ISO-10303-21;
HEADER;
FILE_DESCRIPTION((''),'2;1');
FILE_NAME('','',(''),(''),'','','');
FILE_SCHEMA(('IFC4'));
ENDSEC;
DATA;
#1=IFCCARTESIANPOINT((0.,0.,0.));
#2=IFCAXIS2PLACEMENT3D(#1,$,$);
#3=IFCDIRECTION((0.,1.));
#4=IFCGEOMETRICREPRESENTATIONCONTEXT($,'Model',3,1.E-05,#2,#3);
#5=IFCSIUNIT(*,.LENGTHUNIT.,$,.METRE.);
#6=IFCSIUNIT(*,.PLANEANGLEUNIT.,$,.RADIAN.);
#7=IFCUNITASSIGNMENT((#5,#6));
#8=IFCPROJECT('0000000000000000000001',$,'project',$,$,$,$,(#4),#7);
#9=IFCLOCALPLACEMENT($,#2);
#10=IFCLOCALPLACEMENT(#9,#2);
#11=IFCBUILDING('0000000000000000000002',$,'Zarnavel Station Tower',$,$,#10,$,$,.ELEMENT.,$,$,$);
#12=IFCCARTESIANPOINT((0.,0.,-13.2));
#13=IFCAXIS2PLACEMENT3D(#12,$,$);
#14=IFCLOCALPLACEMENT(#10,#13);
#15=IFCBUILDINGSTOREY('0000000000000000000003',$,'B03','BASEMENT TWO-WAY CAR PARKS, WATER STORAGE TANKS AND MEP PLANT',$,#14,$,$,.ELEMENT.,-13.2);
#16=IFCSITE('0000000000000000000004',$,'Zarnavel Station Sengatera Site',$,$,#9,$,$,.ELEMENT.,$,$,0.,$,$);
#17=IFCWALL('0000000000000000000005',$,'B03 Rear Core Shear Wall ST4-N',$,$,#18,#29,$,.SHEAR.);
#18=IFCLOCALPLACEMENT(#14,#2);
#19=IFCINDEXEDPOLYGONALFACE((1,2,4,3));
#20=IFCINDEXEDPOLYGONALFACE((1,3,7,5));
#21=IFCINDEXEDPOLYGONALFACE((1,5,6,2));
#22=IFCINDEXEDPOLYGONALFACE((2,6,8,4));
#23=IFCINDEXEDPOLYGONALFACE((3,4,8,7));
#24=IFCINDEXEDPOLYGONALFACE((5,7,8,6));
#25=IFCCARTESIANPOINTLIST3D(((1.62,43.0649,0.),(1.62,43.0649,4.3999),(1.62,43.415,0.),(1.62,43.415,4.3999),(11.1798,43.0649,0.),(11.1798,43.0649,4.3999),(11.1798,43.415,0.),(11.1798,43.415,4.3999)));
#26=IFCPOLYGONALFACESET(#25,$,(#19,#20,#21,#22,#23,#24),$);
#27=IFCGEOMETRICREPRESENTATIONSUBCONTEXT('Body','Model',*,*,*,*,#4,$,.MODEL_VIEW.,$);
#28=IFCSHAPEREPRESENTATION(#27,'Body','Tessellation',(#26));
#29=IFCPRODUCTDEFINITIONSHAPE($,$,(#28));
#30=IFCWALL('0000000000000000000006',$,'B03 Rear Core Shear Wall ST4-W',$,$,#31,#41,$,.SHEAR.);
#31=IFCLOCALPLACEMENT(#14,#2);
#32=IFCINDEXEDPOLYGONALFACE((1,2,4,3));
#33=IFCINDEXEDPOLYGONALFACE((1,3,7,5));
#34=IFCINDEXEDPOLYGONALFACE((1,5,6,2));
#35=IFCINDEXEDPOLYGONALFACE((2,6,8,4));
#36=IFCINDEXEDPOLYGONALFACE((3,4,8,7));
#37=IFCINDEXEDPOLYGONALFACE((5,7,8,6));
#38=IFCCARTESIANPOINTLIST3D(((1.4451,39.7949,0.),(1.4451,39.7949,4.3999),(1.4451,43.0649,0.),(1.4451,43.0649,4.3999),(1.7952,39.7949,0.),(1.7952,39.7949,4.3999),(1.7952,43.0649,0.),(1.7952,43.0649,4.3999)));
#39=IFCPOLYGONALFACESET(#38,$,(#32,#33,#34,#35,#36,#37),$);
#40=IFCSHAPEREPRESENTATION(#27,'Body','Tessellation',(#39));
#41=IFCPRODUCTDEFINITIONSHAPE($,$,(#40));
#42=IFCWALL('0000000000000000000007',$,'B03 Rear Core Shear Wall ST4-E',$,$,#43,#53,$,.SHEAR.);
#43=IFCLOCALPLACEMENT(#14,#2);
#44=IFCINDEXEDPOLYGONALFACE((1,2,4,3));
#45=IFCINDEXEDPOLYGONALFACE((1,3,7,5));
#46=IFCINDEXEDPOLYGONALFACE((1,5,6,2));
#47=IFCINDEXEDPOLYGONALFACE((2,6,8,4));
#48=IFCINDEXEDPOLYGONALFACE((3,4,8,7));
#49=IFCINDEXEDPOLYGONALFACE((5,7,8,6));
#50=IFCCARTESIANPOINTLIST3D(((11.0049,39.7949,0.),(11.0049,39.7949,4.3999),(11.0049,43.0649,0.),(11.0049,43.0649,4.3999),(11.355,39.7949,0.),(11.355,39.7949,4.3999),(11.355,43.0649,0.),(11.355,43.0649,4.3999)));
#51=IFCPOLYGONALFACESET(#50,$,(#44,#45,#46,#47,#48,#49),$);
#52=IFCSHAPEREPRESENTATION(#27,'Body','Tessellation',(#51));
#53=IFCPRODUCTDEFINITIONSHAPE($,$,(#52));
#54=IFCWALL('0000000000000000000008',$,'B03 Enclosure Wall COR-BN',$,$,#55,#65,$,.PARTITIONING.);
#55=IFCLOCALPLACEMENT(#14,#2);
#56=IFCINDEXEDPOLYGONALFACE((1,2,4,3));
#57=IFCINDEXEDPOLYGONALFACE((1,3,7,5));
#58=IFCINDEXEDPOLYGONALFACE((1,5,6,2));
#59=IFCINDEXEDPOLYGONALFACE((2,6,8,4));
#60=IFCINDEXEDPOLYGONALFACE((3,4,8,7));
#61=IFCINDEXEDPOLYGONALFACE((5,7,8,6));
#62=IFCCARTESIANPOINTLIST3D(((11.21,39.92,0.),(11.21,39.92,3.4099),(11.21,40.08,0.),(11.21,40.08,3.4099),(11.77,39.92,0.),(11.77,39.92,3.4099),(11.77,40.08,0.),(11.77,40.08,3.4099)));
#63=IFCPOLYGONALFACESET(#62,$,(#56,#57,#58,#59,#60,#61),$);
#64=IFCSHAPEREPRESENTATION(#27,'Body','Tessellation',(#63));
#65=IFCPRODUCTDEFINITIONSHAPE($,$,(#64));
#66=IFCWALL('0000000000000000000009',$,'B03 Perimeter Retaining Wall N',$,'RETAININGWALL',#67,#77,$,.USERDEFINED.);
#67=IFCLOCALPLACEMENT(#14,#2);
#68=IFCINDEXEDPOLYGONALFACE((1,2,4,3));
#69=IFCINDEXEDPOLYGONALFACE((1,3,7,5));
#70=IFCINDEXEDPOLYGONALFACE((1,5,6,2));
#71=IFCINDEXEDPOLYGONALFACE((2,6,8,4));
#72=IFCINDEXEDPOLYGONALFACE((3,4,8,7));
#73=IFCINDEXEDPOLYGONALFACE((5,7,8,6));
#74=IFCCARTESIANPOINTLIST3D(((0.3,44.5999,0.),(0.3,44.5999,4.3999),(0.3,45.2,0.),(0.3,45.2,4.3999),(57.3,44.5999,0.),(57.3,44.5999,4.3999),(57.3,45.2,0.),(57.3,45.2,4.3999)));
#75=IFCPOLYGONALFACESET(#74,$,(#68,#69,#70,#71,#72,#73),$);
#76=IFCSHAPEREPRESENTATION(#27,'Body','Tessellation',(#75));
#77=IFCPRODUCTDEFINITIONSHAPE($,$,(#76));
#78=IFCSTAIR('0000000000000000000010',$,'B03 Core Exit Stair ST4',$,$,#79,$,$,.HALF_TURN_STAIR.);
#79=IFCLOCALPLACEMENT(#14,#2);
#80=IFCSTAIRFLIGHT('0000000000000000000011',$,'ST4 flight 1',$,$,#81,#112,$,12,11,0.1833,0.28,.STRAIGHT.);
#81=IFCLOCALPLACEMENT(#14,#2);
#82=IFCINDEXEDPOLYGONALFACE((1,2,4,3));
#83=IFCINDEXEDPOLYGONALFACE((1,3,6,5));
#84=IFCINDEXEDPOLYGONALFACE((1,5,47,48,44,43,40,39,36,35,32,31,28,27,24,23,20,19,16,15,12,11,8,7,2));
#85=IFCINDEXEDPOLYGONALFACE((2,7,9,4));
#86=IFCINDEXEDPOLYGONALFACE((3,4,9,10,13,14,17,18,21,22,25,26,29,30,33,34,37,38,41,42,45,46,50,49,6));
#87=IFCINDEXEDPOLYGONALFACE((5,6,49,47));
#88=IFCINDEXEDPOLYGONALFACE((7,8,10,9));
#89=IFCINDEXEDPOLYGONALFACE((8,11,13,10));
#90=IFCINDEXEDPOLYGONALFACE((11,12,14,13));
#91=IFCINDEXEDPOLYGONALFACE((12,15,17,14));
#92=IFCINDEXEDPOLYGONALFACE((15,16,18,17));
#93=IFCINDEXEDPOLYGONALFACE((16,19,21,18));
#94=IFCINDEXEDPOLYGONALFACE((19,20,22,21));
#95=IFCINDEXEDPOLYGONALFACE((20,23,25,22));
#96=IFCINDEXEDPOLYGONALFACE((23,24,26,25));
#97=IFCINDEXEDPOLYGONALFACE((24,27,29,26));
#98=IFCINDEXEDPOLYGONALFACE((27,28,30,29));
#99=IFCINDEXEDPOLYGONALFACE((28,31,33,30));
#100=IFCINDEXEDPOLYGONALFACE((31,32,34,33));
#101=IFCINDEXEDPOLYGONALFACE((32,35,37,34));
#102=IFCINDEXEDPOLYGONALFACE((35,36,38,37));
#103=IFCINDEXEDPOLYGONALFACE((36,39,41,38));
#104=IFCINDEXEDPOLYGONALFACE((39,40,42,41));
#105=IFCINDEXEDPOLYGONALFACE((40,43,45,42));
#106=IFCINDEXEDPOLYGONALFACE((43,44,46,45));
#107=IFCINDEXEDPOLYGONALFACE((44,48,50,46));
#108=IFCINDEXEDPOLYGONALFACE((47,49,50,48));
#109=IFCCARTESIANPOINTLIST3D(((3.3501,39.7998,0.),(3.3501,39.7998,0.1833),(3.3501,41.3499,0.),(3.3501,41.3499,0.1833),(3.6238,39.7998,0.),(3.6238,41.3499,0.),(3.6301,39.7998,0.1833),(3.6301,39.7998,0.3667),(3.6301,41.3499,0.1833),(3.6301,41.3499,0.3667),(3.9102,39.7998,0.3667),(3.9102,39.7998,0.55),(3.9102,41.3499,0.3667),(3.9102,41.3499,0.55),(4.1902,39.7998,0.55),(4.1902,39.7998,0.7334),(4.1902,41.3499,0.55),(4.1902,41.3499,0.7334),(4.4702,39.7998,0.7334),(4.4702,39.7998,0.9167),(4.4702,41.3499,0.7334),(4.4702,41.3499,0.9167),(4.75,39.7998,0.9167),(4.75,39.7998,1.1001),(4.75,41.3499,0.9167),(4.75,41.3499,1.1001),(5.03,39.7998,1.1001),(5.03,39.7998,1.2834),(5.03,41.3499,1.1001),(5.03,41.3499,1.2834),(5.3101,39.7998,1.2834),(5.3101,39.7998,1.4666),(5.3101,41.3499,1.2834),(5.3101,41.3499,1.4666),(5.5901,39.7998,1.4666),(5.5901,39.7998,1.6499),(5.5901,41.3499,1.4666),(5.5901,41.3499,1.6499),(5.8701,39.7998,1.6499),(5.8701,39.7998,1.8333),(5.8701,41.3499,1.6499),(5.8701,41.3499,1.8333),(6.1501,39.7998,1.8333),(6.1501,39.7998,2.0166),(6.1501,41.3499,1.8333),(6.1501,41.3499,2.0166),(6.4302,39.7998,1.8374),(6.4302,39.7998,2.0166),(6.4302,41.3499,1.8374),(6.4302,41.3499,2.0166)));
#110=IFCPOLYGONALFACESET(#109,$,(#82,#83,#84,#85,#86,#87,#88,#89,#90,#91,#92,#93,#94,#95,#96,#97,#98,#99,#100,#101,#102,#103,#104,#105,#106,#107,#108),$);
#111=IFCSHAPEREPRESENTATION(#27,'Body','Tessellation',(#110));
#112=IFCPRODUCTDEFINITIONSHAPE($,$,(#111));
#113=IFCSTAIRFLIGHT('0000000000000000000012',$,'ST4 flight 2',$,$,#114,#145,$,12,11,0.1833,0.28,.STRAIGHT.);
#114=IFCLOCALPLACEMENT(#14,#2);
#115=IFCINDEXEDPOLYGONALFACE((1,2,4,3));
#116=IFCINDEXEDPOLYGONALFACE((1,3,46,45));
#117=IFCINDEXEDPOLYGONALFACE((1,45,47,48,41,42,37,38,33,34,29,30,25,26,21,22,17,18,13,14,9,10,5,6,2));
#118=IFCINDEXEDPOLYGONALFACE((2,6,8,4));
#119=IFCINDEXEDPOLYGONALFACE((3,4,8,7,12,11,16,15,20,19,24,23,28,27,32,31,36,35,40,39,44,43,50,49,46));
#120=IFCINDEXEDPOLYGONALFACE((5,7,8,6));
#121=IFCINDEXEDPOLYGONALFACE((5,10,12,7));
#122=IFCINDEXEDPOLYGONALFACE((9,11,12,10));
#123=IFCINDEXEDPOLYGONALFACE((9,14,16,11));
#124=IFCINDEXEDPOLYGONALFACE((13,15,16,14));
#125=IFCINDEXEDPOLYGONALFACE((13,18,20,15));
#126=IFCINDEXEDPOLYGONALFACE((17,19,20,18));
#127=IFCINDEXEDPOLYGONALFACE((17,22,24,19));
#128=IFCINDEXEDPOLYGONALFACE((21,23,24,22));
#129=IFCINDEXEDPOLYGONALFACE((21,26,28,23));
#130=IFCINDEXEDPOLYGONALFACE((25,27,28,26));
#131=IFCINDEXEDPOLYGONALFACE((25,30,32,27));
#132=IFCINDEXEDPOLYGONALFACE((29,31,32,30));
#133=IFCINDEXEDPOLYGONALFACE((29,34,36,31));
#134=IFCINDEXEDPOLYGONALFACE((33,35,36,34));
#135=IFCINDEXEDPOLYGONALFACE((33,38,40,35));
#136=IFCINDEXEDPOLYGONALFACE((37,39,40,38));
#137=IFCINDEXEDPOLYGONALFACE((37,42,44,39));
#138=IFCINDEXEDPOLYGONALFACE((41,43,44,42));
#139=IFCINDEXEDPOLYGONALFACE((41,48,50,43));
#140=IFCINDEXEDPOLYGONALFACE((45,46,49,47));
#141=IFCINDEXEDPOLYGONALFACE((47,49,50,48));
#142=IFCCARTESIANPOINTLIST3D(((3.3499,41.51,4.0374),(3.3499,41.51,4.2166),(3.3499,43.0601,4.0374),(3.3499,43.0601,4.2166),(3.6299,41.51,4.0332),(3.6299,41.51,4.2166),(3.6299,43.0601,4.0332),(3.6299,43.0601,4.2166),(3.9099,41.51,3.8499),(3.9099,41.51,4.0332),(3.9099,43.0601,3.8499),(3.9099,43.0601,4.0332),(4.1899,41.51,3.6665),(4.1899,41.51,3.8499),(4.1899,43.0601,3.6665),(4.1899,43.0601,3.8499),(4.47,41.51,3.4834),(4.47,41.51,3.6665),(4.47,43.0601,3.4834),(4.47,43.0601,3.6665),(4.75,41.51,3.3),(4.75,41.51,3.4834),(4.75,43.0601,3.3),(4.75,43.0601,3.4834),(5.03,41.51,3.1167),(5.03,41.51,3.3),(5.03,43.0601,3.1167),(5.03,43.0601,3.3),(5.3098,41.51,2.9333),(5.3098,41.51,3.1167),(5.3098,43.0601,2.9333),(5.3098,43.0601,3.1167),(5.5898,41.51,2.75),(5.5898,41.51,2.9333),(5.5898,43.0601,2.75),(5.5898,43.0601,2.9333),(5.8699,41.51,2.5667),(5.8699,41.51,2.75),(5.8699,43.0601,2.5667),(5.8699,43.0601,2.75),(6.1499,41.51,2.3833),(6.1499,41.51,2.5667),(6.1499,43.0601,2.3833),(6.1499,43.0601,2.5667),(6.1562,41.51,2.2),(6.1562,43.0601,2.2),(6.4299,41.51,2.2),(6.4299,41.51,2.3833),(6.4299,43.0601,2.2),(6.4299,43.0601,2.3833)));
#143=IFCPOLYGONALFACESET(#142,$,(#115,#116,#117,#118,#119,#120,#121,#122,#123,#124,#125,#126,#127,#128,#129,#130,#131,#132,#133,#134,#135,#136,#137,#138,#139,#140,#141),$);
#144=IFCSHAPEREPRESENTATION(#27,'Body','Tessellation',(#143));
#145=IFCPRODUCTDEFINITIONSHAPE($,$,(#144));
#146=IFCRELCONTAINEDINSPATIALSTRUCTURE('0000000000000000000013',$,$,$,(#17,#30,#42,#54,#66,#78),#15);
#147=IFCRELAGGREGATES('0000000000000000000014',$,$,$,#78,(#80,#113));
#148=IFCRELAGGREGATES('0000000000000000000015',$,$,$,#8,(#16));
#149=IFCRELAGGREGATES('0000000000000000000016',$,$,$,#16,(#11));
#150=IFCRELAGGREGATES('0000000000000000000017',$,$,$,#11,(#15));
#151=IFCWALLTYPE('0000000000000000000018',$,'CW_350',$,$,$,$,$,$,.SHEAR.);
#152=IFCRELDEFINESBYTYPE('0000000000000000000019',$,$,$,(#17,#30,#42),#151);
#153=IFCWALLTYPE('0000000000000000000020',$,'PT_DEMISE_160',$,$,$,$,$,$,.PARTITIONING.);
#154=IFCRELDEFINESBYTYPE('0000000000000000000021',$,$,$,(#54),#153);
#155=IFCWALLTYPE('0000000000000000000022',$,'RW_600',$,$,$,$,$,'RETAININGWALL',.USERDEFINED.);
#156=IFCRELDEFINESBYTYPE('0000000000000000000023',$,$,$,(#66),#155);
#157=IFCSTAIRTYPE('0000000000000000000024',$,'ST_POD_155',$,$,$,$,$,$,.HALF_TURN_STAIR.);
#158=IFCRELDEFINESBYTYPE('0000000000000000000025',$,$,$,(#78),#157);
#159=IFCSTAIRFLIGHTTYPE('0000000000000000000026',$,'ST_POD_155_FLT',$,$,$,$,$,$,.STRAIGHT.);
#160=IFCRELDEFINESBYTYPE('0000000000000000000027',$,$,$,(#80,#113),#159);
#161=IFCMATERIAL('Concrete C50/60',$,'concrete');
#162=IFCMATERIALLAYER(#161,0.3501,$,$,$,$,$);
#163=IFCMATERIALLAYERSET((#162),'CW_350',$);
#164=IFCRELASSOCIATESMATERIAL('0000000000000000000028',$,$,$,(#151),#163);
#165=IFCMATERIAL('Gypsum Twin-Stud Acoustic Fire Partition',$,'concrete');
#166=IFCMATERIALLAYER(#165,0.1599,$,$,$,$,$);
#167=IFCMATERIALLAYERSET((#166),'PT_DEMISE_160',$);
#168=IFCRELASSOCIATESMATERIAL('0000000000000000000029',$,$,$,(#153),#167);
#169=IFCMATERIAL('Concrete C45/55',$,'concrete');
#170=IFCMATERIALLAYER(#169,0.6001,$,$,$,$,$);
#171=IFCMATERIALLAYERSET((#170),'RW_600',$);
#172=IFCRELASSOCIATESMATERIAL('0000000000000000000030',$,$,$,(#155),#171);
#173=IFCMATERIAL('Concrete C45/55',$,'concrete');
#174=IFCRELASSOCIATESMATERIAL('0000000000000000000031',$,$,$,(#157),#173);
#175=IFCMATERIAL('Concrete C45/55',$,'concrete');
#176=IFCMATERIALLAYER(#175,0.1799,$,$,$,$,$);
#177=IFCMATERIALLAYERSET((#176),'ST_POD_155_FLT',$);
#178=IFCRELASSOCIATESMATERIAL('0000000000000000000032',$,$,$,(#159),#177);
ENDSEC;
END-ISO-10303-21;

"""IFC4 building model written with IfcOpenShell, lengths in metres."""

from ifc_helpers import new_model, si_unit, direction, frame, frame_2d, origin, place, context, subcontext, project, spatial, polyline, rectangle, outline, extrude, material, layer, layer_set, type_object, element, aggregate, save


model = new_model("IFC4")

# Units and contexts
model_context = context("Model", 3, precision=1e-05, world=origin(), true_north=direction((0.0, 1.0)))
body_context = subcontext(model_context, "Body", "Model", "MODEL_VIEW")
ifc_project = project(units=[si_unit("LENGTHUNIT", "METRE"), si_unit("PLANEANGLEUNIT", "RADIAN")], contexts=[model_context])

# Site, building, storey
site_placement = place(None, origin())
site = spatial("IfcSite", under=ifc_project, at=site_placement, Name="Zarnavel Station Sengatera Site", CompositionType="ELEMENT", RefElevation=0.0)
building_placement = place(site_placement, origin())
building = spatial("IfcBuilding", under=site, at=building_placement, Name="Zarnavel Station Tower", CompositionType="ELEMENT")
storey_placement = place(building_placement, frame((0.0, 0.0, -13.2)))
storey = spatial("IfcBuildingStorey", under=building, at=storey_placement, Name="B03", Description="BASEMENT TWO-WAY CAR PARKS, WATER STORAGE TANKS AND MEP PLANT", CompositionType="ELEMENT", Elevation=-13.2)

# Walls
ifc_material_1 = material(Name="Concrete C50/60", Category="concrete")
ifc_layer_1 = layer(ifc_material_1, 0.3501)
ifc_layer_set_1 = layer_set([ifc_layer_1], Name="CW_350")
wall_type_1 = type_object("IfcWallType", Name="CW_350", PredefinedType="SHEAR", material=ifc_layer_set_1)
wall_1_placement = place(storey_placement, frame((1.6201, 43.24, 0.0), z_axis=(0.0, 0.0, 1.0), x_axis=(1.0, 0.0, 0.0)))
element("IfcWall", 1, at=wall_1_placement, inside=storey, type_object=wall_type_1, Name="B03 Rear Core Shear Wall ST4-N", PredefinedType="SHEAR", context=body_context, shape_type="SweptSolid", body=[
    extrude(rectangle(XDim=9.5598, YDim=0.3501, at=frame_2d((4.7798, 0.0))), origin(), (0.0, 0.0, 1.0), 4.3999),
])
for number, where, z_axis, x_axis, name in (
    (2, (1.6201, 39.7949, 0.0), (0.0, 0.0, 1.0), (0.0, 1.0, 0.0), "B03 Rear Core Shear Wall ST4-W"),
    (3, (11.1799, 39.7949, 0.0), (0.0, 0.0, 1.0), (0.0, 1.0, 0.0), "B03 Rear Core Shear Wall ST4-E"),
):
    element("IfcWall", number, at=place(storey_placement, frame(where, z_axis=z_axis, x_axis=x_axis)), inside=storey, type_object=wall_type_1, Name=name, PredefinedType="SHEAR", context=body_context, shape_type="SweptSolid", body=[
        extrude(rectangle(XDim=3.27, YDim=0.3501, at=frame_2d((1.635, 0.0))), origin(), (0.0, 0.0, 1.0), 4.3999),
    ])
ifc_material_2 = material(Name="Gypsum Twin-Stud Acoustic Fire Partition", Category="concrete")
ifc_layer_2 = layer(ifc_material_2, 0.1599)
ifc_layer_set_2 = layer_set([ifc_layer_2], Name="PT_DEMISE_160")
wall_type_2 = type_object("IfcWallType", Name="PT_DEMISE_160", PredefinedType="PARTITIONING", material=ifc_layer_set_2)
wall_2_placement = place(storey_placement, frame((11.21, 40.0, 0.0), z_axis=(0.0, 0.0, 1.0), x_axis=(1.0, 0.0, 0.0)))
element("IfcWall", 4, at=wall_2_placement, inside=storey, type_object=wall_type_2, Name="B03 Enclosure Wall COR-BN", PredefinedType="PARTITIONING", context=body_context, shape_type="SweptSolid", body=[
    extrude(rectangle(XDim=0.5601, YDim=0.1599, at=frame_2d((0.28, 0.0))), origin(), (0.0, 0.0, 1.0), 3.4099),
])
ifc_material_3 = material(Name="Concrete C45/55", Category="concrete")
ifc_layer_3 = layer(ifc_material_3, 0.6001)
ifc_layer_set_3 = layer_set([ifc_layer_3], Name="RW_600")
wall_type_3 = type_object("IfcWallType", Name="RW_600", ElementType="RETAININGWALL", PredefinedType="USERDEFINED", material=ifc_layer_set_3)
wall_3_placement = place(storey_placement, frame((0.3, 44.8999, 0.0), z_axis=(0.0, 0.0, 1.0), x_axis=(1.0, 0.0, 0.0)))
element("IfcWall", 5, at=wall_3_placement, inside=storey, type_object=wall_type_3, Name="B03 Perimeter Retaining Wall N", ObjectType="RETAININGWALL", PredefinedType="USERDEFINED", context=body_context, shape_type="SweptSolid", body=[
    extrude(rectangle(XDim=57.0, YDim=0.6001, at=frame_2d((28.5, 0.0))), origin(), (0.0, 0.0, 1.0), 4.3999),
])

# Stair, stair flights
ifc_material_4 = material(Name="Concrete C45/55", Category="concrete")
stair_type = type_object("IfcStairType", Name="ST_POD_155", PredefinedType="HALF_TURN_STAIR", material=ifc_material_4)
stair_placement = place(storey_placement, origin())
stair = element("IfcStair", 6, at=stair_placement, inside=storey, type_object=stair_type, Name="B03 Core Exit Stair ST4", PredefinedType="HALF_TURN_STAIR")
ifc_material_5 = material(Name="Concrete C45/55", Category="concrete")
ifc_layer_4 = layer(ifc_material_5, 0.1799)
ifc_layer_set_4 = layer_set([ifc_layer_4], Name="ST_POD_155_FLT")
stair_flight_type = type_object("IfcStairFlightType", Name="ST_POD_155_FLT", PredefinedType="STRAIGHT", material=ifc_layer_set_4)
stair_flight_1_placement = place(storey_placement, frame((3.3501, 40.575, 0.0), z_axis=(0.0, 0.0, 1.0), x_axis=(1.0, 0.0, 0.0)))
stair_flight_1 = element("IfcStairFlight", 7, at=stair_flight_1_placement, type_object=stair_flight_type, Name="ST4 flight 1", NumberOfRisers=12, NumberOfTreads=11, PredefinedType="STRAIGHT", RiserHeight=0.1833, TreadLength=0.28, context=body_context, shape_type="SweptSolid", body=[
    extrude(outline(polyline([(0.0, 0.0), (0.0, 0.1833), (0.28, 0.1833), (0.28, 0.3667), (0.5601, 0.3667), (0.5601, 0.55), (0.8401, 0.55), (0.8401, 0.7334), (1.1201, 0.7334), (1.1201, 0.9167), (1.3999, 0.9167), (1.3999, 1.1001), (1.6799, 1.1001), (1.6799, 1.2834), (1.96, 1.2834), (1.96, 1.4666), (2.24, 1.4666), (2.24, 1.6499), (2.52, 1.6499), (2.52, 1.8333), (2.8, 1.8333), (2.8, 2.0166), (3.0801, 2.0166), (3.0801, 2.2), (3.0801, 1.8374), (0.2737, 0.0), (0.0, 0.0)])), frame((0.0, 0.7749, 0.0), z_axis=(0.0, -1.0, 0.0), x_axis=(1.0, 0.0, 0.0)), (0.0, 0.0, 1.0), 1.55),
])
stair_flight_2_placement = place(storey_placement, frame((6.4299, 42.2849, 2.2), z_axis=(0.0, 0.0, 1.0), x_axis=(-1.0, 0.0, 0.0)))
stair_flight_2 = element("IfcStairFlight", 8, at=stair_flight_2_placement, type_object=stair_flight_type, Name="ST4 flight 2", NumberOfRisers=12, NumberOfTreads=11, PredefinedType="STRAIGHT", RiserHeight=0.1833, TreadLength=0.28, context=body_context, shape_type="SweptSolid", body=[
    extrude(outline(polyline([(0.0, 0.0), (0.0, 0.1833), (0.28, 0.1833), (0.28, 0.3667), (0.5601, 0.3667), (0.5601, 0.55), (0.8401, 0.55), (0.8401, 0.7334), (1.1201, 0.7334), (1.1201, 0.9167), (1.3999, 0.9167), (1.3999, 1.1001), (1.6799, 1.1001), (1.6799, 1.2834), (1.96, 1.2834), (1.96, 1.4666), (2.24, 1.4666), (2.24, 1.6499), (2.52, 1.6499), (2.52, 1.8333), (2.8, 1.8333), (2.8, 2.0166), (3.0801, 2.0166), (3.0801, 2.2), (3.0801, 1.8374), (0.2737, 0.0), (0.0, 0.0)])), frame((0.0, 0.7749, 0.0), z_axis=(0.0, -1.0, 0.0), x_axis=(1.0, 0.0, 0.0)), (0.0, 0.0, 1.0), 1.55),
])
aggregate(stair, [stair_flight_1, stair_flight_2])

save(model, "model.ifc")
